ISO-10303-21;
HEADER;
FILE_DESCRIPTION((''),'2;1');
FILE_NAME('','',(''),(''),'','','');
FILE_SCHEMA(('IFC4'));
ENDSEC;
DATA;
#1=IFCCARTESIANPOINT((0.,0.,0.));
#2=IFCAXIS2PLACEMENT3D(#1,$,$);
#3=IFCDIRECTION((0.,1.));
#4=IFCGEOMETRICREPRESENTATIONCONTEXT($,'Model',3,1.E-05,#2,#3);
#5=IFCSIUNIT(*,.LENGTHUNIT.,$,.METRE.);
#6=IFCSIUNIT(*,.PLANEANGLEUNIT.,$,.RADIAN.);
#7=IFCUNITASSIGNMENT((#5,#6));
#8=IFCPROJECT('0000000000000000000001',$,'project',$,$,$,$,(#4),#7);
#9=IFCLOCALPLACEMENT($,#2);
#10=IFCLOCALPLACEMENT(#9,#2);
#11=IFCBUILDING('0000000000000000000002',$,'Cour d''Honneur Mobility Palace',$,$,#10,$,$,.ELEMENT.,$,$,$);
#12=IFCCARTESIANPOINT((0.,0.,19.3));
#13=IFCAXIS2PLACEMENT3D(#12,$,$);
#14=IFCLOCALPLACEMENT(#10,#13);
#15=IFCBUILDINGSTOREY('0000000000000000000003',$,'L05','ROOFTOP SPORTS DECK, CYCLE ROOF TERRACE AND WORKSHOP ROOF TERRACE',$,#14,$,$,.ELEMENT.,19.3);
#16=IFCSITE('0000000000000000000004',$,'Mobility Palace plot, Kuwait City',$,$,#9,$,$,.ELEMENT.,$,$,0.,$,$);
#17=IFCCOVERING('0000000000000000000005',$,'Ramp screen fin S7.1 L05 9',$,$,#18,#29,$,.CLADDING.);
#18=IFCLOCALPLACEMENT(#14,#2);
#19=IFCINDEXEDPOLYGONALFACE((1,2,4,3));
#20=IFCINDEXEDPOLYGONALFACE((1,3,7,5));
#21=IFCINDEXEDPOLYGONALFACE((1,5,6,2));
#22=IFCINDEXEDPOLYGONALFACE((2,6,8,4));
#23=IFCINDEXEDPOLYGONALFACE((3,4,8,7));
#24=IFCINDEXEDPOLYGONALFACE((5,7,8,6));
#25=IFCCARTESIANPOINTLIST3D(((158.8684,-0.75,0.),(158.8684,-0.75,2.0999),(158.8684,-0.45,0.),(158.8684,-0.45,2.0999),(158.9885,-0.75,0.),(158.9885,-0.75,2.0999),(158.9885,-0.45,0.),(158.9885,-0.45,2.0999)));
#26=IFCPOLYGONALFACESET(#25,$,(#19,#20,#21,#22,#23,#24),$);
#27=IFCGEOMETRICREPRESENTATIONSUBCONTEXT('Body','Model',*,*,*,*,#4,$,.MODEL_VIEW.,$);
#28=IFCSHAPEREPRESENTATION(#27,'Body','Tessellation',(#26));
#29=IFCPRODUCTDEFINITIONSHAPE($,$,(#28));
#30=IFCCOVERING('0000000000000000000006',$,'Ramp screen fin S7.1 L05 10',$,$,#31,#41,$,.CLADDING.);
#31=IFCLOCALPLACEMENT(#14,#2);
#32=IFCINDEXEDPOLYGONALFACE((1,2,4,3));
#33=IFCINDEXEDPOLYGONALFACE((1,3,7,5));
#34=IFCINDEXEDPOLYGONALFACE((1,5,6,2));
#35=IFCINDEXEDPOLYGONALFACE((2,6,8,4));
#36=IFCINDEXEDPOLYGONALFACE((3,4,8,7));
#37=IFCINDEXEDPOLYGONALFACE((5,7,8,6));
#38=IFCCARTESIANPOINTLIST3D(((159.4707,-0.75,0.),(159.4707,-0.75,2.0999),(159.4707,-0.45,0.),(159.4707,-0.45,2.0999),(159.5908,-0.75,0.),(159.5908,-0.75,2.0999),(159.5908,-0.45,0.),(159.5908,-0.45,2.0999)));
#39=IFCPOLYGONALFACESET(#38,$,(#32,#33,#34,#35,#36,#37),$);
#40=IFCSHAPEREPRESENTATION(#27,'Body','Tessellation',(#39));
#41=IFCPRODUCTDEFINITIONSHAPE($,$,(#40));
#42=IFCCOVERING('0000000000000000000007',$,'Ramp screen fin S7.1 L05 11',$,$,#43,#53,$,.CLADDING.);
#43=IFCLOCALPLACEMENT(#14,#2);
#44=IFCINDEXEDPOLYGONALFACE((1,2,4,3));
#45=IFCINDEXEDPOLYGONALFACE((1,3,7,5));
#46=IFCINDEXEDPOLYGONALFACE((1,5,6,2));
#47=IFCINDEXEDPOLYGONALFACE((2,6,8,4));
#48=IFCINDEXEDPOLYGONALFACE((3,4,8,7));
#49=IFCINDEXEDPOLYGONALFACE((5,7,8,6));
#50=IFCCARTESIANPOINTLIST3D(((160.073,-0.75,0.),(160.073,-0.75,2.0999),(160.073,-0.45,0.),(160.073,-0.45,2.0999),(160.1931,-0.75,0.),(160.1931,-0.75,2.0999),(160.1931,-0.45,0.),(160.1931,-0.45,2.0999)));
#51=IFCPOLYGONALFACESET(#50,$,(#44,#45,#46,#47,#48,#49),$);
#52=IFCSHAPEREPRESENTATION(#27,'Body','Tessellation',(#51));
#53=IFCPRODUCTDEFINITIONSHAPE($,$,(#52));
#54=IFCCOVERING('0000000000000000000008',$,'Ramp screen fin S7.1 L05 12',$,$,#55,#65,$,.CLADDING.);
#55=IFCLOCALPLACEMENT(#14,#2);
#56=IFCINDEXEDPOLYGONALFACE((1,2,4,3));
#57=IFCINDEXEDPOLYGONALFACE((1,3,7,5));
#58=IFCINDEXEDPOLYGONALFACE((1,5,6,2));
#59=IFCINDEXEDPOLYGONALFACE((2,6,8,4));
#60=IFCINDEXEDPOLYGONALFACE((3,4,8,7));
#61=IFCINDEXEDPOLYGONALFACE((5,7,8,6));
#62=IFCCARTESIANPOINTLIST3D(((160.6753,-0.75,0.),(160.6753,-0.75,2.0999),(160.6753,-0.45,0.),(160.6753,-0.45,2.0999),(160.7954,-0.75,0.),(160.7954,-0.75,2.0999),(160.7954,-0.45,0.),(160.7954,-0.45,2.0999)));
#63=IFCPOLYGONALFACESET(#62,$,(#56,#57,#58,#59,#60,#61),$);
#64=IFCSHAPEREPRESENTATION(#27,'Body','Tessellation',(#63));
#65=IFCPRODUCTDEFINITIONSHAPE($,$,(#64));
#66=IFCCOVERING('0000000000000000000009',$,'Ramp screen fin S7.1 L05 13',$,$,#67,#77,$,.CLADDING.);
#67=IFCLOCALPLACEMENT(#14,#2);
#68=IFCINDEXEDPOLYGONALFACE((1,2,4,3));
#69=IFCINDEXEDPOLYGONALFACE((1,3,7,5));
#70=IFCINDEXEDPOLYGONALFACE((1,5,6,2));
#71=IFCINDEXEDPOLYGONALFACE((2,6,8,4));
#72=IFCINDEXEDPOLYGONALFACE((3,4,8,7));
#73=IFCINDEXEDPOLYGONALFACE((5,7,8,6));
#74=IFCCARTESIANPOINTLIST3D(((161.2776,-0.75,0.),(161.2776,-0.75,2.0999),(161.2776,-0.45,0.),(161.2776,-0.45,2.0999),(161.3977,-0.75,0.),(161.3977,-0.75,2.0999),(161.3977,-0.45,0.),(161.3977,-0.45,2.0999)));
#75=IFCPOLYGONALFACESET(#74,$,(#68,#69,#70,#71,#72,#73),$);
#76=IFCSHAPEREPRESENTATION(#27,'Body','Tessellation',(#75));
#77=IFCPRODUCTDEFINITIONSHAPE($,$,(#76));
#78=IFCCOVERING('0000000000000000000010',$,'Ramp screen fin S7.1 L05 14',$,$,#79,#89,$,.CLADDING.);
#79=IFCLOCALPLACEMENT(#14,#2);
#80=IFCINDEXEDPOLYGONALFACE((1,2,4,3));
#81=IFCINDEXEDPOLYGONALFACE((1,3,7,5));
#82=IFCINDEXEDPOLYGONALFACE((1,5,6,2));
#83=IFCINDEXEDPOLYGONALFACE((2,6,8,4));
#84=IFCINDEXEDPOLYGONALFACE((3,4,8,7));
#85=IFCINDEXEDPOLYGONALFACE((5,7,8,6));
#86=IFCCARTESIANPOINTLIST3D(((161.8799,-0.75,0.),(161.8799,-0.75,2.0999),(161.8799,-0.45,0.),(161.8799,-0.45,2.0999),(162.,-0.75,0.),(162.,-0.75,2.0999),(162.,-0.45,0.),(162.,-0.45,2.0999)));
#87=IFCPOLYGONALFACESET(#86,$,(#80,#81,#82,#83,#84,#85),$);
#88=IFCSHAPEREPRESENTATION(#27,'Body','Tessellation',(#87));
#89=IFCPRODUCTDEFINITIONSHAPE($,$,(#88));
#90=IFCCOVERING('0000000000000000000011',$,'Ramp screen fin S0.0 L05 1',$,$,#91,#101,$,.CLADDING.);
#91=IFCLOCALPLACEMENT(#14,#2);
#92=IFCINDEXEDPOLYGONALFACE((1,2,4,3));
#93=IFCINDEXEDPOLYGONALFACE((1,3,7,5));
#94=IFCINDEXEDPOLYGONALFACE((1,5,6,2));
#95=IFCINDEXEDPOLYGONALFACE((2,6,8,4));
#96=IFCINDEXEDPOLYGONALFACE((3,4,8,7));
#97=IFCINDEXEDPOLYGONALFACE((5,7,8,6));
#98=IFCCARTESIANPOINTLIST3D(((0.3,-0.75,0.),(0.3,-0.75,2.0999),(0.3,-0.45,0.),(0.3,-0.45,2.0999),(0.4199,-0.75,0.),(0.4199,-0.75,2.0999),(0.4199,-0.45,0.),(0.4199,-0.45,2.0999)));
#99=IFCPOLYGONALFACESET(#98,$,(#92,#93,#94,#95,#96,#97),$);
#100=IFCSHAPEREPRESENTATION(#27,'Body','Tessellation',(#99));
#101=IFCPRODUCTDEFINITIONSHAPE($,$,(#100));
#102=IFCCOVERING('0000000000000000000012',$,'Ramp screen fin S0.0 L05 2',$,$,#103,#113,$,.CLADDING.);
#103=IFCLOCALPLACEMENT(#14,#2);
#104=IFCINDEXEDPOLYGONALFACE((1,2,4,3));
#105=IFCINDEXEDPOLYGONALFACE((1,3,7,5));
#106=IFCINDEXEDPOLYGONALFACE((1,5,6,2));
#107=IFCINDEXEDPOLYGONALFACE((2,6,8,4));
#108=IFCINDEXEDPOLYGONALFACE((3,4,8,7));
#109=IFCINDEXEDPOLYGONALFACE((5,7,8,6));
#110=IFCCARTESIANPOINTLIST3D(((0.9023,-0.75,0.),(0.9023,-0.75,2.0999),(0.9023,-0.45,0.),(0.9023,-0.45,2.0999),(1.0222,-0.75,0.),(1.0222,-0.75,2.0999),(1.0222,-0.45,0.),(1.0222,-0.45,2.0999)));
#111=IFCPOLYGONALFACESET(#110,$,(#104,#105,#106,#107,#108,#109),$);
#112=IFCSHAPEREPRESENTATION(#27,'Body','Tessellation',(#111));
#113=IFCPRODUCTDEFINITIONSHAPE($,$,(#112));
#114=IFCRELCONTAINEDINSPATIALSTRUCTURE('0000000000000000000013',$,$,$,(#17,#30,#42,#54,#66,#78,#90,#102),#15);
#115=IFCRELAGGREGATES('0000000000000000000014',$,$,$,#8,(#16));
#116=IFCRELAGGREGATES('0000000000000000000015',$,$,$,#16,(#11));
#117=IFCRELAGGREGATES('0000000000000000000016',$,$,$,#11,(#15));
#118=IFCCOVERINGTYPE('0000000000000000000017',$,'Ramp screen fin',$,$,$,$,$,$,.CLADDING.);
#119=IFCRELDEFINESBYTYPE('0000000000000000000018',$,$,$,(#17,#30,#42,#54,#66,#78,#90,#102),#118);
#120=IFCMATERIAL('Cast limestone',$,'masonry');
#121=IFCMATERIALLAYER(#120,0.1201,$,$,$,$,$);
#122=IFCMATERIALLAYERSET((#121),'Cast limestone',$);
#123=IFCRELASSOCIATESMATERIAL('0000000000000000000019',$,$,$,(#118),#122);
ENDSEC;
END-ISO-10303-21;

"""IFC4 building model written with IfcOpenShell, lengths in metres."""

from ifc_helpers import new_model, si_unit, direction, frame, origin, place, context, subcontext, project, spatial, polyline, outline, extrude, material, layer, layer_set, type_object, element, save


model = new_model("IFC4")

# Units and contexts
model_context = context("Model", 3, precision=1e-05, world=origin(), true_north=direction((0.0, 1.0)))
body_context = subcontext(model_context, "Body", "Model", "MODEL_VIEW")
ifc_project = project(units=[si_unit("LENGTHUNIT", "METRE"), si_unit("PLANEANGLEUNIT", "RADIAN")], contexts=[model_context])

# Site, building, storey
site_placement = place(None, origin())
site = spatial("IfcSite", under=ifc_project, at=site_placement, Name="Mobility Palace plot, Kuwait City", CompositionType="ELEMENT", RefElevation=0.0)
building_placement = place(site_placement, origin())
building = spatial("IfcBuilding", under=site, at=building_placement, Name="Cour d'Honneur Mobility Palace", CompositionType="ELEMENT")
storey_placement = place(building_placement, frame((0.0, 0.0, 19.3)))
storey = spatial("IfcBuildingStorey", under=building, at=storey_placement, Name="L05", Description="ROOFTOP SPORTS DECK, CYCLE ROOF TERRACE AND WORKSHOP ROOF TERRACE", CompositionType="ELEMENT", Elevation=19.3)

# Coverings
ifc_material = material(Name="Cast limestone", Category="masonry")
ifc_layer = layer(ifc_material, 0.1201)
ifc_layer_set = layer_set([ifc_layer], Name="Cast limestone")
covering_type = type_object("IfcCoveringType", Name="Ramp screen fin", PredefinedType="CLADDING", material=ifc_layer_set)
covering_1_placement = place(storey_placement, origin())
element("IfcCovering", 1, at=covering_1_placement, inside=storey, type_object=covering_type, Name="Ramp screen fin S7.1 L05 9", PredefinedType="CLADDING", context=body_context, shape_type="SweptSolid", body=[
    extrude(outline(polyline([(158.8684, -0.45), (158.9885, -0.45), (158.9885, -0.75), (158.8684, -0.75), (158.8684, -0.45)])), origin(), (0.0, 0.0, 1.0), 2.0999),
])
covering_2_placement = place(storey_placement, origin())
element("IfcCovering", 2, at=covering_2_placement, inside=storey, type_object=covering_type, Name="Ramp screen fin S7.1 L05 10", PredefinedType="CLADDING", context=body_context, shape_type="SweptSolid", body=[
    extrude(outline(polyline([(159.4707, -0.45), (159.5908, -0.45), (159.5908, -0.75), (159.4707, -0.75), (159.4707, -0.45)])), origin(), (0.0, 0.0, 1.0), 2.0999),
])
covering_3_placement = place(storey_placement, origin())
element("IfcCovering", 3, at=covering_3_placement, inside=storey, type_object=covering_type, Name="Ramp screen fin S7.1 L05 11", PredefinedType="CLADDING", context=body_context, shape_type="SweptSolid", body=[
    extrude(outline(polyline([(160.073, -0.45), (160.1931, -0.45), (160.1931, -0.75), (160.073, -0.75), (160.073, -0.45)])), origin(), (0.0, 0.0, 1.0), 2.0999),
])
covering_4_placement = place(storey_placement, origin())
element("IfcCovering", 4, at=covering_4_placement, inside=storey, type_object=covering_type, Name="Ramp screen fin S7.1 L05 12", PredefinedType="CLADDING", context=body_context, shape_type="SweptSolid", body=[
    extrude(outline(polyline([(160.6753, -0.45), (160.7954, -0.45), (160.7954, -0.75), (160.6753, -0.75), (160.6753, -0.45)])), origin(), (0.0, 0.0, 1.0), 2.0999),
])
covering_5_placement = place(storey_placement, origin())
element("IfcCovering", 5, at=covering_5_placement, inside=storey, type_object=covering_type, Name="Ramp screen fin S7.1 L05 13", PredefinedType="CLADDING", context=body_context, shape_type="SweptSolid", body=[
    extrude(outline(polyline([(161.2776, -0.45), (161.3977, -0.45), (161.3977, -0.75), (161.2776, -0.75), (161.2776, -0.45)])), origin(), (0.0, 0.0, 1.0), 2.0999),
])
covering_6_placement = place(storey_placement, origin())
element("IfcCovering", 6, at=covering_6_placement, inside=storey, type_object=covering_type, Name="Ramp screen fin S7.1 L05 14", PredefinedType="CLADDING", context=body_context, shape_type="SweptSolid", body=[
    extrude(outline(polyline([(161.8799, -0.45), (162.0, -0.45), (162.0, -0.75), (161.8799, -0.75), (161.8799, -0.45)])), origin(), (0.0, 0.0, 1.0), 2.0999),
])
covering_7_placement = place(storey_placement, origin())
element("IfcCovering", 7, at=covering_7_placement, inside=storey, type_object=covering_type, Name="Ramp screen fin S0.0 L05 1", PredefinedType="CLADDING", context=body_context, shape_type="SweptSolid", body=[
    extrude(outline(polyline([(0.3, -0.45), (0.4199, -0.45), (0.4199, -0.75), (0.3, -0.75), (0.3, -0.45)])), origin(), (0.0, 0.0, 1.0), 2.0999),
])
covering_8_placement = place(storey_placement, origin())
element("IfcCovering", 8, at=covering_8_placement, inside=storey, type_object=covering_type, Name="Ramp screen fin S0.0 L05 2", PredefinedType="CLADDING", context=body_context, shape_type="SweptSolid", body=[
    extrude(outline(polyline([(0.9023, -0.45), (1.0222, -0.45), (1.0222, -0.75), (0.9023, -0.75), (0.9023, -0.45)])), origin(), (0.0, 0.0, 1.0), 2.0999),
])

save(model, "model.ifc")
